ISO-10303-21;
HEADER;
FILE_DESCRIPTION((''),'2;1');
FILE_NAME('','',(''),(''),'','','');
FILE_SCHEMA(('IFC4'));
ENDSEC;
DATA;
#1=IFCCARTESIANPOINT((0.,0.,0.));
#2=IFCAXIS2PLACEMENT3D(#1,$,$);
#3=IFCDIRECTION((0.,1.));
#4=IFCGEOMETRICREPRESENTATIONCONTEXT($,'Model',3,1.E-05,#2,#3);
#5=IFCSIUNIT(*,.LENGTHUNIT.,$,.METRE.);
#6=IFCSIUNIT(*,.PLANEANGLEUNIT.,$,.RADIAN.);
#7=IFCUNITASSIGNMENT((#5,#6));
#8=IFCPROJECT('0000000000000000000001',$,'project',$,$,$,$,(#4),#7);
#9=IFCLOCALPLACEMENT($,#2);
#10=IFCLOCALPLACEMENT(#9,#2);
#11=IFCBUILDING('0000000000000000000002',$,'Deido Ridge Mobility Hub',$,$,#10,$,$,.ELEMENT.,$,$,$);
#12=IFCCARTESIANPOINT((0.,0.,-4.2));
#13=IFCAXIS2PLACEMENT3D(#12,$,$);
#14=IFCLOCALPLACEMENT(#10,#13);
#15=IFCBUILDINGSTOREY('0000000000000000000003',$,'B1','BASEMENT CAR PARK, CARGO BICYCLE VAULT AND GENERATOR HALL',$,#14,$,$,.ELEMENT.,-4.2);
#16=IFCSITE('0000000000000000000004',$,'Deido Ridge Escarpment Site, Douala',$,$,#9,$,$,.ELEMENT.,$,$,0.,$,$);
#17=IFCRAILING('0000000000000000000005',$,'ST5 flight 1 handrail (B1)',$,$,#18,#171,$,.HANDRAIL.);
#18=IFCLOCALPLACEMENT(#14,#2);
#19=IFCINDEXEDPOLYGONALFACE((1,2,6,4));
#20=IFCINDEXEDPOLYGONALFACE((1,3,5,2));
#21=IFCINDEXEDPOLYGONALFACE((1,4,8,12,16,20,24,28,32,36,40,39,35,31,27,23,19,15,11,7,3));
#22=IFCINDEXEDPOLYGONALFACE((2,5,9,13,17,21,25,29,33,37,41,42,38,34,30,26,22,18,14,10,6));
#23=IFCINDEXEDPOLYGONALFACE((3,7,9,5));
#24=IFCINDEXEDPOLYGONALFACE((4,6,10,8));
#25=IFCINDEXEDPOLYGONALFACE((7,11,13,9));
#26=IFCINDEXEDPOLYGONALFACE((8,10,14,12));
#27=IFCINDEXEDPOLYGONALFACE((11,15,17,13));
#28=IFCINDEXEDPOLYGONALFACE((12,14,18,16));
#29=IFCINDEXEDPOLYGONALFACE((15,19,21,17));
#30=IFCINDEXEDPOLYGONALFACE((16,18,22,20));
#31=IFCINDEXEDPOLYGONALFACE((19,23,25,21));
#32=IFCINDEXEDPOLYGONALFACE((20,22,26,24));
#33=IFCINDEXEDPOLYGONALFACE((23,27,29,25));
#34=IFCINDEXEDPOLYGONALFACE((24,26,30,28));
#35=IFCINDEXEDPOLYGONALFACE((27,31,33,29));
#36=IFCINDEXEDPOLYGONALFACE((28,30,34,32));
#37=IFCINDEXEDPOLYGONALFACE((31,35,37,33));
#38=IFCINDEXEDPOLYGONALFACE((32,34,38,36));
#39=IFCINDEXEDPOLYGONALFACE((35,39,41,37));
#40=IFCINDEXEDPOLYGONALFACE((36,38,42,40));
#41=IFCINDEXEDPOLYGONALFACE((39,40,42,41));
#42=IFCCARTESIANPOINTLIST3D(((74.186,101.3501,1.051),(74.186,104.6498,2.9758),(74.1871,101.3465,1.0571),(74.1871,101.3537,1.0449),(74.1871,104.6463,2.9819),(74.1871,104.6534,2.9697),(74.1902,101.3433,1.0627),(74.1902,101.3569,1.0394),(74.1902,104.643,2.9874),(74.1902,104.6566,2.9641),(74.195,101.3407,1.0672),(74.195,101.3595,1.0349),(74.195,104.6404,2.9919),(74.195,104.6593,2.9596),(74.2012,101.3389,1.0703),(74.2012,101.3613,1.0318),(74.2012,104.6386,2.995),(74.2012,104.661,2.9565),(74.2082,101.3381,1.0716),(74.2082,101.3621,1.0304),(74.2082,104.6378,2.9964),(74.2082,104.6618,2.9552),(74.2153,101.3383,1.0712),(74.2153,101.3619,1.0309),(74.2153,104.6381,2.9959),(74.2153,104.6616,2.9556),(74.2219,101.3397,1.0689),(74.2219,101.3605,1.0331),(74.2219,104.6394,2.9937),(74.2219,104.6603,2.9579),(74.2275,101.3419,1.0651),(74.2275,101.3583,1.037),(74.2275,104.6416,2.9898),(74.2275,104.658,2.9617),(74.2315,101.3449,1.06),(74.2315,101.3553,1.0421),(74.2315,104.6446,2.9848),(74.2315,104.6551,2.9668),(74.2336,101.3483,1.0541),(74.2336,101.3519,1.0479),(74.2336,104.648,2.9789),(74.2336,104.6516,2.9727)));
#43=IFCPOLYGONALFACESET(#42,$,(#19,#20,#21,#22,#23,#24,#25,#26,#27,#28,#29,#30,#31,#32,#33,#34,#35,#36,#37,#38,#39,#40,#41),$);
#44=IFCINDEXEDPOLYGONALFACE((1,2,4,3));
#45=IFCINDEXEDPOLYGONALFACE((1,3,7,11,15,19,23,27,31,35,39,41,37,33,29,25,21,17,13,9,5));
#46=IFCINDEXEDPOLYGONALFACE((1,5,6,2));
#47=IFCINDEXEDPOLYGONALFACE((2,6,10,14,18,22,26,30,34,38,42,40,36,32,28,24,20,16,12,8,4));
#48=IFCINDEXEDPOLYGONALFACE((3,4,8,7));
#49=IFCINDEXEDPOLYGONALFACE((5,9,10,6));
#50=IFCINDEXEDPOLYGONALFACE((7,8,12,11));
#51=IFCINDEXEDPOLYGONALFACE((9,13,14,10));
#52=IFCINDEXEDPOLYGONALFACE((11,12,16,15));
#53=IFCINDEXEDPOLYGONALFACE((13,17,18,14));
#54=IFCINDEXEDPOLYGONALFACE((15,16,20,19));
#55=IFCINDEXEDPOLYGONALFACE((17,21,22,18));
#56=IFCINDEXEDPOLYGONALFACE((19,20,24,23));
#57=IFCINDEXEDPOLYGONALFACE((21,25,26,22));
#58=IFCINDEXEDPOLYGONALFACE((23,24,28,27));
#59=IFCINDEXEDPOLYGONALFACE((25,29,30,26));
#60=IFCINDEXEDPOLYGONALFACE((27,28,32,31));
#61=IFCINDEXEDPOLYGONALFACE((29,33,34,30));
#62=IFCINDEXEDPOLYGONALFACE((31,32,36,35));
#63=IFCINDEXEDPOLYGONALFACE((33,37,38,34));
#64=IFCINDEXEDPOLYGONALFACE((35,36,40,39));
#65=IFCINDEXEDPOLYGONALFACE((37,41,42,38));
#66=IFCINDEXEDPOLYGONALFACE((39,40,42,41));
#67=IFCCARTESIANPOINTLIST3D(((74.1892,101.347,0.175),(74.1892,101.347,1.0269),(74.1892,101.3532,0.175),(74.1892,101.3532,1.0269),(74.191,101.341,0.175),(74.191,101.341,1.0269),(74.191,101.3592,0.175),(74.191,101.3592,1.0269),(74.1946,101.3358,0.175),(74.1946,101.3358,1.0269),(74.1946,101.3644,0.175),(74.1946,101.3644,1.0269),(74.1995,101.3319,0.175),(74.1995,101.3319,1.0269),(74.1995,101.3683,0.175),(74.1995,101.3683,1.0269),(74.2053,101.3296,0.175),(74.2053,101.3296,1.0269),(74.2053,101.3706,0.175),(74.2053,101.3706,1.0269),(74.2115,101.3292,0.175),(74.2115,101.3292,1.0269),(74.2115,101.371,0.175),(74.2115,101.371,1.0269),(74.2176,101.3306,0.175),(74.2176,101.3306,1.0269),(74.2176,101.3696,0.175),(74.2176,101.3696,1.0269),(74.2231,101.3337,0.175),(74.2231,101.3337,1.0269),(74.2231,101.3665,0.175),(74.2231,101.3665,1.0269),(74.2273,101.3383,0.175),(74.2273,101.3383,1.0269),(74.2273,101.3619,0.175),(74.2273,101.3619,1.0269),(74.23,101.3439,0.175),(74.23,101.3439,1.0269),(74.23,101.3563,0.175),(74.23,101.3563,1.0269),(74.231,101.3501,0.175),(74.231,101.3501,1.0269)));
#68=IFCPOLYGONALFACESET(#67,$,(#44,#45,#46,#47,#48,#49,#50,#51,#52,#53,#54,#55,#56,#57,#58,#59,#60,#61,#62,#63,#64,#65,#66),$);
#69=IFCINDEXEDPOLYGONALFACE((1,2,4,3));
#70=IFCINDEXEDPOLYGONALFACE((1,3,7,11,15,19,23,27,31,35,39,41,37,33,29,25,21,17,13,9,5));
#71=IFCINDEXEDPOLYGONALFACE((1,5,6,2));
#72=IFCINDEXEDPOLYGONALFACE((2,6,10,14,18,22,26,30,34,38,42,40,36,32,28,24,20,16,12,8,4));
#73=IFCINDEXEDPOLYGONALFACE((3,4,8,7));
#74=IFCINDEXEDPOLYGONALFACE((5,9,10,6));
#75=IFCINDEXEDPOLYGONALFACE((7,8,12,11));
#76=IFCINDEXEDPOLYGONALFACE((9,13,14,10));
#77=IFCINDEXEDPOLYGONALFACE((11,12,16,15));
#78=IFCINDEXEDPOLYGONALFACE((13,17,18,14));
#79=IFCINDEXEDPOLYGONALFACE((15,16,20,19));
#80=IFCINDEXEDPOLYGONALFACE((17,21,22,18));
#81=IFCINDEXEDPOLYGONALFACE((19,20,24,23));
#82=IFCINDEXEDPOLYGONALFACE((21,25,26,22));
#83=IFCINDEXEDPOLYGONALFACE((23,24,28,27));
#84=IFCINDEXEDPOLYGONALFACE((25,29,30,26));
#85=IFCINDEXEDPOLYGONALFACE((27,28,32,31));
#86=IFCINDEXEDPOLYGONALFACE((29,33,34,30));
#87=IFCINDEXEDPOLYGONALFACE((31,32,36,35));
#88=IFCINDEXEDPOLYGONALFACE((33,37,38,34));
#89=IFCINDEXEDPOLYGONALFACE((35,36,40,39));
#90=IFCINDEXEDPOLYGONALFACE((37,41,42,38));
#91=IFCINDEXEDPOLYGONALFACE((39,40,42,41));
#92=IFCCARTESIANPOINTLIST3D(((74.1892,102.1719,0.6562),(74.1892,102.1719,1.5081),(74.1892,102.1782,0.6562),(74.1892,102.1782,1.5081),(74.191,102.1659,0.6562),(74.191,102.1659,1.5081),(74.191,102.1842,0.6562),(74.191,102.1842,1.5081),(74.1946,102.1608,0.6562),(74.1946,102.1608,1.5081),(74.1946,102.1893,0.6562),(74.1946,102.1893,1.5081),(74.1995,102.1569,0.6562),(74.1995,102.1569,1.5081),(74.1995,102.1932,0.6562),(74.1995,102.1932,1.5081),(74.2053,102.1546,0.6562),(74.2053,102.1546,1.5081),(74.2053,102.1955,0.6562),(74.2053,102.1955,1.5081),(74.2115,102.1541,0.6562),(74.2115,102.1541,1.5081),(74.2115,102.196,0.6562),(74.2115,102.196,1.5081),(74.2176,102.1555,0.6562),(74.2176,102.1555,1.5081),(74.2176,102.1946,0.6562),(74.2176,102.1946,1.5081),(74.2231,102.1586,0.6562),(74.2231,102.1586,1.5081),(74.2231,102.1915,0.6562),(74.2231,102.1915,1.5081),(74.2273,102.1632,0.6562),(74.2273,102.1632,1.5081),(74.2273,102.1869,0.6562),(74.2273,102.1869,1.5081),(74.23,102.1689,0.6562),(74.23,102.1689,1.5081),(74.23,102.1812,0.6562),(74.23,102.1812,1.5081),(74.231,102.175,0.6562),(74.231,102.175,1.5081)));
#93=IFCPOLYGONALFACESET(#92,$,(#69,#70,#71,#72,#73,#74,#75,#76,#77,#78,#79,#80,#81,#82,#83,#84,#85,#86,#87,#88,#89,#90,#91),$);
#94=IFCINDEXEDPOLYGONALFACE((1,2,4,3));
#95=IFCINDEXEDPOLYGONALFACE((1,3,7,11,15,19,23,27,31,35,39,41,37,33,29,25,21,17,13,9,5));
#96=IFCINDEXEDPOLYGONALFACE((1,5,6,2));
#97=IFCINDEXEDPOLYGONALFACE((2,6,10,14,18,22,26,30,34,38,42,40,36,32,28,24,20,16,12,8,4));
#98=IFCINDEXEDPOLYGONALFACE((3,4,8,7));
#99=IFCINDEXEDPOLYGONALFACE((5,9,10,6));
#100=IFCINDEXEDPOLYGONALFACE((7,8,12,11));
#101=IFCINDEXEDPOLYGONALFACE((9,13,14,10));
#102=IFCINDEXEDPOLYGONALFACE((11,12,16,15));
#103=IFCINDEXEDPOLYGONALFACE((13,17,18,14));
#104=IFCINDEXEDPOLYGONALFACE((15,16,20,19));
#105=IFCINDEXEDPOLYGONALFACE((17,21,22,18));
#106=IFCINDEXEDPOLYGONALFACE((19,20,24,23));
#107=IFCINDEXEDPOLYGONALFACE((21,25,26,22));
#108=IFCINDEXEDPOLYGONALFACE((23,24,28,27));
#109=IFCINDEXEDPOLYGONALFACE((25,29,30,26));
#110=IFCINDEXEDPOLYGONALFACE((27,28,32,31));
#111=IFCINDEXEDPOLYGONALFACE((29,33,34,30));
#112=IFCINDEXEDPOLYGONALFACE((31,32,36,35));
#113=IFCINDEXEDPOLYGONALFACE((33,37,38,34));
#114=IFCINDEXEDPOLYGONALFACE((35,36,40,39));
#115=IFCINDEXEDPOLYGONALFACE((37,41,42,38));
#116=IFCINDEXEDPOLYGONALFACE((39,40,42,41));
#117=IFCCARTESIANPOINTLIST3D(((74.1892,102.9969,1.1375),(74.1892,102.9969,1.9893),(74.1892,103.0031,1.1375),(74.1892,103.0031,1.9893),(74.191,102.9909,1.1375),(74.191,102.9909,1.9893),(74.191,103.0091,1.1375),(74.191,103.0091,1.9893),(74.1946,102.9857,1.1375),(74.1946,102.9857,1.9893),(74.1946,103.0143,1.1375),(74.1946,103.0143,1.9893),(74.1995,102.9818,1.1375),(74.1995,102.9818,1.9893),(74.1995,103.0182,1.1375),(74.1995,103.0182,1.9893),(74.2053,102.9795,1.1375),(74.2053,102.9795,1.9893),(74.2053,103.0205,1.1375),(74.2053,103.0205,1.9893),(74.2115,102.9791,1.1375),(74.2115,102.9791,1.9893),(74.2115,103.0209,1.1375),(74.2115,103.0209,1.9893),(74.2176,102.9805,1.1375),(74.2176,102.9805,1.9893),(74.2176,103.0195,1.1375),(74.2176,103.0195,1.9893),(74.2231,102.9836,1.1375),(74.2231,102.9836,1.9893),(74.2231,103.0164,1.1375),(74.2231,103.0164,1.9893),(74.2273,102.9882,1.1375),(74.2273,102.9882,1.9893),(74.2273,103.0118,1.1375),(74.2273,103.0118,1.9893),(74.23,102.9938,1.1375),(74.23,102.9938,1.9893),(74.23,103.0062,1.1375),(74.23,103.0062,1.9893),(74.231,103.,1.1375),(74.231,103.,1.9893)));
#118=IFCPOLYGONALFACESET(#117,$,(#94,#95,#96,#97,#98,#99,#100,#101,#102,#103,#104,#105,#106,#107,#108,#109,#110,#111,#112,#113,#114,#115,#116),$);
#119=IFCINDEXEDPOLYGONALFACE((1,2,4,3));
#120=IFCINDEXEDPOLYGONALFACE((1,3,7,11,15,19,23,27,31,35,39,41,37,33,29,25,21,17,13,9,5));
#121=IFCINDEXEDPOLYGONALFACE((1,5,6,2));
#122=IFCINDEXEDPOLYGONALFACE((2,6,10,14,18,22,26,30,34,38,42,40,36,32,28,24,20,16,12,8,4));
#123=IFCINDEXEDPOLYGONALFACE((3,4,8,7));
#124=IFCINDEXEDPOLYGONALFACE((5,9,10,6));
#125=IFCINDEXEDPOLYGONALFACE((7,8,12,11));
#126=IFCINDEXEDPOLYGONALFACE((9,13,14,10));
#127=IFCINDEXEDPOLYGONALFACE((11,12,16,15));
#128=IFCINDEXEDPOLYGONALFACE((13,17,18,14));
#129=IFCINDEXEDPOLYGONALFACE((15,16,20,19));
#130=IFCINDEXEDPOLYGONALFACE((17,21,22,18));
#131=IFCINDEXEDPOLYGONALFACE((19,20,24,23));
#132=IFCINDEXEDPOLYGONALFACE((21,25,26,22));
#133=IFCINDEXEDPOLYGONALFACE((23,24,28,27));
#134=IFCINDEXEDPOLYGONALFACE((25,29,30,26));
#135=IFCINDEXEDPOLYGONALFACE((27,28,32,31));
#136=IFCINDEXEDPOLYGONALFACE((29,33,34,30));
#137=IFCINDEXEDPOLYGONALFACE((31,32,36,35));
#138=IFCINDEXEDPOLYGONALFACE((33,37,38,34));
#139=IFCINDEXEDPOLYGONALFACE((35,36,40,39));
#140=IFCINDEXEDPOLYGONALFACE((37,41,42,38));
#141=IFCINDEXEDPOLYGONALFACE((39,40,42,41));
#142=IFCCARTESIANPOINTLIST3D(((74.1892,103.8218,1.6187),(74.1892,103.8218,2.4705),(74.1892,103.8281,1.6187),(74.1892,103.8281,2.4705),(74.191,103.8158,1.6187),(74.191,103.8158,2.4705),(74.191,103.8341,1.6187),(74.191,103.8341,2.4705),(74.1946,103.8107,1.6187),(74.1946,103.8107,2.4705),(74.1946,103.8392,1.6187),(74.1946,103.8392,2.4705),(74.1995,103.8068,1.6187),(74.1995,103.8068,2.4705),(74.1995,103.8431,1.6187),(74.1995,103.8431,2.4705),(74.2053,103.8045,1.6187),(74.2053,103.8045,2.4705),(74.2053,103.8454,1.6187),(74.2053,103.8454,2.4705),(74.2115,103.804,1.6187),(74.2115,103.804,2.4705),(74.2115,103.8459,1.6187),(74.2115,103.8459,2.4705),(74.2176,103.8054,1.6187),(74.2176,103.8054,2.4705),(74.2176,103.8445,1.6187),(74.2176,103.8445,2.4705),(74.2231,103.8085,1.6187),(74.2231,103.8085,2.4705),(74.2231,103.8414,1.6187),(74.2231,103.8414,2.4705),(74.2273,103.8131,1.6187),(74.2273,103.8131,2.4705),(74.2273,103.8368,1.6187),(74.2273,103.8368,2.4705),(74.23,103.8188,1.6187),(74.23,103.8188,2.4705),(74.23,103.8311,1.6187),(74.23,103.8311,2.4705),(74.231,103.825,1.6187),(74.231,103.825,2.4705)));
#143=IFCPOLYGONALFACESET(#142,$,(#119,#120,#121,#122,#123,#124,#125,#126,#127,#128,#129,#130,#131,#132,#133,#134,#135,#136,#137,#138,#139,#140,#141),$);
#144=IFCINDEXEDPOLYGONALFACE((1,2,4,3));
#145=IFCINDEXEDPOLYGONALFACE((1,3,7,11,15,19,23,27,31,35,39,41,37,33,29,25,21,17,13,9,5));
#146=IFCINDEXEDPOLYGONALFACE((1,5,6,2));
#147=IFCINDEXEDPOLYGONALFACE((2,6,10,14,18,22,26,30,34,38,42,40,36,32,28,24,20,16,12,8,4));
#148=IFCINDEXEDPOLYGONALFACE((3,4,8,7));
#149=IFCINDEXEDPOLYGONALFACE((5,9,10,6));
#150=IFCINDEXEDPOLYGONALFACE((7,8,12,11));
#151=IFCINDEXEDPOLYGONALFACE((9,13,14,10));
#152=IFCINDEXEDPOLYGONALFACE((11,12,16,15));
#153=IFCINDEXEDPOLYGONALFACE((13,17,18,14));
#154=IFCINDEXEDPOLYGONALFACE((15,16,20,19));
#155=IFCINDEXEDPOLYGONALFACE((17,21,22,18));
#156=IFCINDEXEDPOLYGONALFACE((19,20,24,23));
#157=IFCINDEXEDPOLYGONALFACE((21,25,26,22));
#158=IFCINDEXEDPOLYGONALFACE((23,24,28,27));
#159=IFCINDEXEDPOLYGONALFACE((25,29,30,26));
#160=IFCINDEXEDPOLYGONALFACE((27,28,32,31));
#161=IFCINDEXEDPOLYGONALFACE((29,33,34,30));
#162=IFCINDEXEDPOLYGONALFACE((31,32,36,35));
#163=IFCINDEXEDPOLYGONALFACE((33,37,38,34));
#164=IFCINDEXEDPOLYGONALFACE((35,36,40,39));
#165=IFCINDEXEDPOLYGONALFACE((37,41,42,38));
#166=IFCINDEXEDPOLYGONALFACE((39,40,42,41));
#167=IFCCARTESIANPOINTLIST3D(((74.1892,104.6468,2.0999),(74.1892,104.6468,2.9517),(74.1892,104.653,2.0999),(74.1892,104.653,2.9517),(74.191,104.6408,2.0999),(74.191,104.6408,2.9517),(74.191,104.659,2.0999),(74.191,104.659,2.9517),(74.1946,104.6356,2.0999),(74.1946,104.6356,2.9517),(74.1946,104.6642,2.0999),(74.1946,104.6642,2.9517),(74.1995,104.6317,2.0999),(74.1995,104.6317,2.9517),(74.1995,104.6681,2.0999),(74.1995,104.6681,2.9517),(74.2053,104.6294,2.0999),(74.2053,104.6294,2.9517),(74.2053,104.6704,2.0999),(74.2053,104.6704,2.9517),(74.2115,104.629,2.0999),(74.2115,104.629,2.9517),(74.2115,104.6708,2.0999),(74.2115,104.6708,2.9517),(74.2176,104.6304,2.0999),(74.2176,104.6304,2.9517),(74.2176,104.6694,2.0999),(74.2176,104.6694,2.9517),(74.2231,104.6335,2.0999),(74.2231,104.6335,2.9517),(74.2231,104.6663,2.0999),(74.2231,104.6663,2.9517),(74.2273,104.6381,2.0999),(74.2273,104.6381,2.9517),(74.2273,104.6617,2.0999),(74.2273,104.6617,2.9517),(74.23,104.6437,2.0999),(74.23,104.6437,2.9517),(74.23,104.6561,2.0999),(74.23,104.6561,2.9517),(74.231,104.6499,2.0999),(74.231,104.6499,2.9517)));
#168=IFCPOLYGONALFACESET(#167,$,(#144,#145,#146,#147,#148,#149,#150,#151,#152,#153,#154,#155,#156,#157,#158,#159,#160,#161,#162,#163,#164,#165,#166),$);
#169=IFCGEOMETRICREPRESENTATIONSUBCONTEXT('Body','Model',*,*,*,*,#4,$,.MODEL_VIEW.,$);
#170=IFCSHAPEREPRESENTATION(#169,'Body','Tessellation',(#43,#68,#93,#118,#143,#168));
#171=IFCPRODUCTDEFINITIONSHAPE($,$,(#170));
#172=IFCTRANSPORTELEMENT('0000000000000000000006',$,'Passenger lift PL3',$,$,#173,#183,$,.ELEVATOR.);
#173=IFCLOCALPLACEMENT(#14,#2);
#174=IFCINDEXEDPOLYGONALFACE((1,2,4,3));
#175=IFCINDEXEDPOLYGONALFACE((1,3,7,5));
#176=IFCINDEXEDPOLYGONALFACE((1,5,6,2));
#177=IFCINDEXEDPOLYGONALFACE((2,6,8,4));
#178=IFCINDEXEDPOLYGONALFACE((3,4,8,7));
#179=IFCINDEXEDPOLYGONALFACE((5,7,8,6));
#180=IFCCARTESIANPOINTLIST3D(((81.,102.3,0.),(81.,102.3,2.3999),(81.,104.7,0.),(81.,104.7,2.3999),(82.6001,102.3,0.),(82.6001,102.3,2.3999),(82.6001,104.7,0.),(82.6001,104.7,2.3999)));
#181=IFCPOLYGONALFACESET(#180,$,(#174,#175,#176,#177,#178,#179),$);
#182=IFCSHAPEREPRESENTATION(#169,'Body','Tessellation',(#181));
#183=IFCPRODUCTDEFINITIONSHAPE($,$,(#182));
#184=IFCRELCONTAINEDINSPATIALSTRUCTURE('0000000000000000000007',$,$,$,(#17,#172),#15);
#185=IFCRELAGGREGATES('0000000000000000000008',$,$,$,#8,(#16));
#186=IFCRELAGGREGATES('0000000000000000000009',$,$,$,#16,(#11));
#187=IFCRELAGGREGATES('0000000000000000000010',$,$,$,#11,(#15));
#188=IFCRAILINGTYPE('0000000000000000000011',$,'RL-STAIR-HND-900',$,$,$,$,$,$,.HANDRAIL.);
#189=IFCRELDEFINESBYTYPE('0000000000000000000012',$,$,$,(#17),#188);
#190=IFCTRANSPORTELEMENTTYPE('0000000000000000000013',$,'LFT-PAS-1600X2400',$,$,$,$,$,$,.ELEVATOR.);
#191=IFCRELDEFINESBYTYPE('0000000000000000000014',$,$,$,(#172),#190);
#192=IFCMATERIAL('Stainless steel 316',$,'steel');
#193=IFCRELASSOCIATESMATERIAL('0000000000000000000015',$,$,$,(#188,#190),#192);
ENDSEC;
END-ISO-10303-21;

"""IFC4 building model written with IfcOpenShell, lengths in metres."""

from ifc_helpers import new_model, si_unit, direction, frame, origin, origin_2d, place, context, subcontext, project, spatial, rectangle, circle, extrude, material, type_object, element, save


model = new_model("IFC4")

# Units and contexts
model_context = context("Model", 3, precision=1e-05, world=origin(), true_north=direction((0.0, 1.0)))
body_context = subcontext(model_context, "Body", "Model", "MODEL_VIEW")
ifc_project = project(units=[si_unit("LENGTHUNIT", "METRE"), si_unit("PLANEANGLEUNIT", "RADIAN")], contexts=[model_context])

# Site, building, storey
site_placement = place(None, origin())
site = spatial("IfcSite", under=ifc_project, at=site_placement, Name="Deido Ridge Escarpment Site, Douala", CompositionType="ELEMENT", RefElevation=0.0)
building_placement = place(site_placement, origin())
building = spatial("IfcBuilding", under=site, at=building_placement, Name="Deido Ridge Mobility Hub", CompositionType="ELEMENT")
storey_placement = place(building_placement, frame((0.0, 0.0, -4.2)))
storey = spatial("IfcBuildingStorey", under=building, at=storey_placement, Name="B1", Description="BASEMENT CAR PARK, CARGO BICYCLE VAULT AND GENERATOR HALL", CompositionType="ELEMENT", Elevation=-4.2)

# Shared definitions
ifc_material_1 = material(Name="Stainless steel 316", Category="steel")

# Railing
railing_type_1 = type_object("IfcRailingType", Name="RL-STAIR-HND-900", PredefinedType="HANDRAIL", material=ifc_material_1)
railing_1_placement = place(storey_placement, frame((74.21, 101.3501, 0.175)))
element("IfcRailing", 1, at=railing_1_placement, inside=storey, type_object=railing_type_1, Name="ST5 flight 1 handrail (B1)", PredefinedType="HANDRAIL", context=body_context, shape_type="SweptSolid", body=[
    extrude(circle(Radius=0.0239, at=origin_2d()), frame((0.0, 0.0, 0.876), z_axis=(0.0, 0.863788, 0.503855), x_axis=(-1.0, 0.0, 0.0)), (0.0, 0.0, 1.0), 3.8201),
    extrude(circle(Radius=0.021, at=origin_2d()), origin(), (0.0, 0.0, 1.0), 0.8518),
    extrude(circle(Radius=0.021, at=origin_2d()), frame((0.0, 0.825, 0.4812)), (0.0, 0.0, 1.0), 0.8518),
    extrude(circle(Radius=0.021, at=origin_2d()), frame((0.0, 1.6499, 0.9624)), (0.0, 0.0, 1.0), 0.8518),
    extrude(circle(Radius=0.021, at=origin_2d()), frame((0.0, 2.4749, 1.4436)), (0.0, 0.0, 1.0), 0.8518),
    extrude(circle(Radius=0.021, at=origin_2d()), frame((0.0, 3.2998, 1.9248)), (0.0, 0.0, 1.0), 0.8518),
])

# Transport element
transport_element_type = type_object("IfcTransportElementType", Name="LFT-PAS-1600X2400", PredefinedType="ELEVATOR", material=ifc_material_1)
transport_element_placement = place(storey_placement, frame((81.8, 103.5, 0.0), z_axis=(0.0, 0.0, 1.0), x_axis=(1.0, 0.0, 0.0)))
element("IfcTransportElement", 2, at=transport_element_placement, inside=storey, type_object=transport_element_type, Name="Passenger lift PL3", PredefinedType="ELEVATOR", context=body_context, shape_type="SweptSolid", body=[
    extrude(rectangle(XDim=1.6001, YDim=2.3999, at=origin_2d()), origin(), (0.0, 0.0, 1.0), 2.3999),
])

save(model, "model.ifc")
